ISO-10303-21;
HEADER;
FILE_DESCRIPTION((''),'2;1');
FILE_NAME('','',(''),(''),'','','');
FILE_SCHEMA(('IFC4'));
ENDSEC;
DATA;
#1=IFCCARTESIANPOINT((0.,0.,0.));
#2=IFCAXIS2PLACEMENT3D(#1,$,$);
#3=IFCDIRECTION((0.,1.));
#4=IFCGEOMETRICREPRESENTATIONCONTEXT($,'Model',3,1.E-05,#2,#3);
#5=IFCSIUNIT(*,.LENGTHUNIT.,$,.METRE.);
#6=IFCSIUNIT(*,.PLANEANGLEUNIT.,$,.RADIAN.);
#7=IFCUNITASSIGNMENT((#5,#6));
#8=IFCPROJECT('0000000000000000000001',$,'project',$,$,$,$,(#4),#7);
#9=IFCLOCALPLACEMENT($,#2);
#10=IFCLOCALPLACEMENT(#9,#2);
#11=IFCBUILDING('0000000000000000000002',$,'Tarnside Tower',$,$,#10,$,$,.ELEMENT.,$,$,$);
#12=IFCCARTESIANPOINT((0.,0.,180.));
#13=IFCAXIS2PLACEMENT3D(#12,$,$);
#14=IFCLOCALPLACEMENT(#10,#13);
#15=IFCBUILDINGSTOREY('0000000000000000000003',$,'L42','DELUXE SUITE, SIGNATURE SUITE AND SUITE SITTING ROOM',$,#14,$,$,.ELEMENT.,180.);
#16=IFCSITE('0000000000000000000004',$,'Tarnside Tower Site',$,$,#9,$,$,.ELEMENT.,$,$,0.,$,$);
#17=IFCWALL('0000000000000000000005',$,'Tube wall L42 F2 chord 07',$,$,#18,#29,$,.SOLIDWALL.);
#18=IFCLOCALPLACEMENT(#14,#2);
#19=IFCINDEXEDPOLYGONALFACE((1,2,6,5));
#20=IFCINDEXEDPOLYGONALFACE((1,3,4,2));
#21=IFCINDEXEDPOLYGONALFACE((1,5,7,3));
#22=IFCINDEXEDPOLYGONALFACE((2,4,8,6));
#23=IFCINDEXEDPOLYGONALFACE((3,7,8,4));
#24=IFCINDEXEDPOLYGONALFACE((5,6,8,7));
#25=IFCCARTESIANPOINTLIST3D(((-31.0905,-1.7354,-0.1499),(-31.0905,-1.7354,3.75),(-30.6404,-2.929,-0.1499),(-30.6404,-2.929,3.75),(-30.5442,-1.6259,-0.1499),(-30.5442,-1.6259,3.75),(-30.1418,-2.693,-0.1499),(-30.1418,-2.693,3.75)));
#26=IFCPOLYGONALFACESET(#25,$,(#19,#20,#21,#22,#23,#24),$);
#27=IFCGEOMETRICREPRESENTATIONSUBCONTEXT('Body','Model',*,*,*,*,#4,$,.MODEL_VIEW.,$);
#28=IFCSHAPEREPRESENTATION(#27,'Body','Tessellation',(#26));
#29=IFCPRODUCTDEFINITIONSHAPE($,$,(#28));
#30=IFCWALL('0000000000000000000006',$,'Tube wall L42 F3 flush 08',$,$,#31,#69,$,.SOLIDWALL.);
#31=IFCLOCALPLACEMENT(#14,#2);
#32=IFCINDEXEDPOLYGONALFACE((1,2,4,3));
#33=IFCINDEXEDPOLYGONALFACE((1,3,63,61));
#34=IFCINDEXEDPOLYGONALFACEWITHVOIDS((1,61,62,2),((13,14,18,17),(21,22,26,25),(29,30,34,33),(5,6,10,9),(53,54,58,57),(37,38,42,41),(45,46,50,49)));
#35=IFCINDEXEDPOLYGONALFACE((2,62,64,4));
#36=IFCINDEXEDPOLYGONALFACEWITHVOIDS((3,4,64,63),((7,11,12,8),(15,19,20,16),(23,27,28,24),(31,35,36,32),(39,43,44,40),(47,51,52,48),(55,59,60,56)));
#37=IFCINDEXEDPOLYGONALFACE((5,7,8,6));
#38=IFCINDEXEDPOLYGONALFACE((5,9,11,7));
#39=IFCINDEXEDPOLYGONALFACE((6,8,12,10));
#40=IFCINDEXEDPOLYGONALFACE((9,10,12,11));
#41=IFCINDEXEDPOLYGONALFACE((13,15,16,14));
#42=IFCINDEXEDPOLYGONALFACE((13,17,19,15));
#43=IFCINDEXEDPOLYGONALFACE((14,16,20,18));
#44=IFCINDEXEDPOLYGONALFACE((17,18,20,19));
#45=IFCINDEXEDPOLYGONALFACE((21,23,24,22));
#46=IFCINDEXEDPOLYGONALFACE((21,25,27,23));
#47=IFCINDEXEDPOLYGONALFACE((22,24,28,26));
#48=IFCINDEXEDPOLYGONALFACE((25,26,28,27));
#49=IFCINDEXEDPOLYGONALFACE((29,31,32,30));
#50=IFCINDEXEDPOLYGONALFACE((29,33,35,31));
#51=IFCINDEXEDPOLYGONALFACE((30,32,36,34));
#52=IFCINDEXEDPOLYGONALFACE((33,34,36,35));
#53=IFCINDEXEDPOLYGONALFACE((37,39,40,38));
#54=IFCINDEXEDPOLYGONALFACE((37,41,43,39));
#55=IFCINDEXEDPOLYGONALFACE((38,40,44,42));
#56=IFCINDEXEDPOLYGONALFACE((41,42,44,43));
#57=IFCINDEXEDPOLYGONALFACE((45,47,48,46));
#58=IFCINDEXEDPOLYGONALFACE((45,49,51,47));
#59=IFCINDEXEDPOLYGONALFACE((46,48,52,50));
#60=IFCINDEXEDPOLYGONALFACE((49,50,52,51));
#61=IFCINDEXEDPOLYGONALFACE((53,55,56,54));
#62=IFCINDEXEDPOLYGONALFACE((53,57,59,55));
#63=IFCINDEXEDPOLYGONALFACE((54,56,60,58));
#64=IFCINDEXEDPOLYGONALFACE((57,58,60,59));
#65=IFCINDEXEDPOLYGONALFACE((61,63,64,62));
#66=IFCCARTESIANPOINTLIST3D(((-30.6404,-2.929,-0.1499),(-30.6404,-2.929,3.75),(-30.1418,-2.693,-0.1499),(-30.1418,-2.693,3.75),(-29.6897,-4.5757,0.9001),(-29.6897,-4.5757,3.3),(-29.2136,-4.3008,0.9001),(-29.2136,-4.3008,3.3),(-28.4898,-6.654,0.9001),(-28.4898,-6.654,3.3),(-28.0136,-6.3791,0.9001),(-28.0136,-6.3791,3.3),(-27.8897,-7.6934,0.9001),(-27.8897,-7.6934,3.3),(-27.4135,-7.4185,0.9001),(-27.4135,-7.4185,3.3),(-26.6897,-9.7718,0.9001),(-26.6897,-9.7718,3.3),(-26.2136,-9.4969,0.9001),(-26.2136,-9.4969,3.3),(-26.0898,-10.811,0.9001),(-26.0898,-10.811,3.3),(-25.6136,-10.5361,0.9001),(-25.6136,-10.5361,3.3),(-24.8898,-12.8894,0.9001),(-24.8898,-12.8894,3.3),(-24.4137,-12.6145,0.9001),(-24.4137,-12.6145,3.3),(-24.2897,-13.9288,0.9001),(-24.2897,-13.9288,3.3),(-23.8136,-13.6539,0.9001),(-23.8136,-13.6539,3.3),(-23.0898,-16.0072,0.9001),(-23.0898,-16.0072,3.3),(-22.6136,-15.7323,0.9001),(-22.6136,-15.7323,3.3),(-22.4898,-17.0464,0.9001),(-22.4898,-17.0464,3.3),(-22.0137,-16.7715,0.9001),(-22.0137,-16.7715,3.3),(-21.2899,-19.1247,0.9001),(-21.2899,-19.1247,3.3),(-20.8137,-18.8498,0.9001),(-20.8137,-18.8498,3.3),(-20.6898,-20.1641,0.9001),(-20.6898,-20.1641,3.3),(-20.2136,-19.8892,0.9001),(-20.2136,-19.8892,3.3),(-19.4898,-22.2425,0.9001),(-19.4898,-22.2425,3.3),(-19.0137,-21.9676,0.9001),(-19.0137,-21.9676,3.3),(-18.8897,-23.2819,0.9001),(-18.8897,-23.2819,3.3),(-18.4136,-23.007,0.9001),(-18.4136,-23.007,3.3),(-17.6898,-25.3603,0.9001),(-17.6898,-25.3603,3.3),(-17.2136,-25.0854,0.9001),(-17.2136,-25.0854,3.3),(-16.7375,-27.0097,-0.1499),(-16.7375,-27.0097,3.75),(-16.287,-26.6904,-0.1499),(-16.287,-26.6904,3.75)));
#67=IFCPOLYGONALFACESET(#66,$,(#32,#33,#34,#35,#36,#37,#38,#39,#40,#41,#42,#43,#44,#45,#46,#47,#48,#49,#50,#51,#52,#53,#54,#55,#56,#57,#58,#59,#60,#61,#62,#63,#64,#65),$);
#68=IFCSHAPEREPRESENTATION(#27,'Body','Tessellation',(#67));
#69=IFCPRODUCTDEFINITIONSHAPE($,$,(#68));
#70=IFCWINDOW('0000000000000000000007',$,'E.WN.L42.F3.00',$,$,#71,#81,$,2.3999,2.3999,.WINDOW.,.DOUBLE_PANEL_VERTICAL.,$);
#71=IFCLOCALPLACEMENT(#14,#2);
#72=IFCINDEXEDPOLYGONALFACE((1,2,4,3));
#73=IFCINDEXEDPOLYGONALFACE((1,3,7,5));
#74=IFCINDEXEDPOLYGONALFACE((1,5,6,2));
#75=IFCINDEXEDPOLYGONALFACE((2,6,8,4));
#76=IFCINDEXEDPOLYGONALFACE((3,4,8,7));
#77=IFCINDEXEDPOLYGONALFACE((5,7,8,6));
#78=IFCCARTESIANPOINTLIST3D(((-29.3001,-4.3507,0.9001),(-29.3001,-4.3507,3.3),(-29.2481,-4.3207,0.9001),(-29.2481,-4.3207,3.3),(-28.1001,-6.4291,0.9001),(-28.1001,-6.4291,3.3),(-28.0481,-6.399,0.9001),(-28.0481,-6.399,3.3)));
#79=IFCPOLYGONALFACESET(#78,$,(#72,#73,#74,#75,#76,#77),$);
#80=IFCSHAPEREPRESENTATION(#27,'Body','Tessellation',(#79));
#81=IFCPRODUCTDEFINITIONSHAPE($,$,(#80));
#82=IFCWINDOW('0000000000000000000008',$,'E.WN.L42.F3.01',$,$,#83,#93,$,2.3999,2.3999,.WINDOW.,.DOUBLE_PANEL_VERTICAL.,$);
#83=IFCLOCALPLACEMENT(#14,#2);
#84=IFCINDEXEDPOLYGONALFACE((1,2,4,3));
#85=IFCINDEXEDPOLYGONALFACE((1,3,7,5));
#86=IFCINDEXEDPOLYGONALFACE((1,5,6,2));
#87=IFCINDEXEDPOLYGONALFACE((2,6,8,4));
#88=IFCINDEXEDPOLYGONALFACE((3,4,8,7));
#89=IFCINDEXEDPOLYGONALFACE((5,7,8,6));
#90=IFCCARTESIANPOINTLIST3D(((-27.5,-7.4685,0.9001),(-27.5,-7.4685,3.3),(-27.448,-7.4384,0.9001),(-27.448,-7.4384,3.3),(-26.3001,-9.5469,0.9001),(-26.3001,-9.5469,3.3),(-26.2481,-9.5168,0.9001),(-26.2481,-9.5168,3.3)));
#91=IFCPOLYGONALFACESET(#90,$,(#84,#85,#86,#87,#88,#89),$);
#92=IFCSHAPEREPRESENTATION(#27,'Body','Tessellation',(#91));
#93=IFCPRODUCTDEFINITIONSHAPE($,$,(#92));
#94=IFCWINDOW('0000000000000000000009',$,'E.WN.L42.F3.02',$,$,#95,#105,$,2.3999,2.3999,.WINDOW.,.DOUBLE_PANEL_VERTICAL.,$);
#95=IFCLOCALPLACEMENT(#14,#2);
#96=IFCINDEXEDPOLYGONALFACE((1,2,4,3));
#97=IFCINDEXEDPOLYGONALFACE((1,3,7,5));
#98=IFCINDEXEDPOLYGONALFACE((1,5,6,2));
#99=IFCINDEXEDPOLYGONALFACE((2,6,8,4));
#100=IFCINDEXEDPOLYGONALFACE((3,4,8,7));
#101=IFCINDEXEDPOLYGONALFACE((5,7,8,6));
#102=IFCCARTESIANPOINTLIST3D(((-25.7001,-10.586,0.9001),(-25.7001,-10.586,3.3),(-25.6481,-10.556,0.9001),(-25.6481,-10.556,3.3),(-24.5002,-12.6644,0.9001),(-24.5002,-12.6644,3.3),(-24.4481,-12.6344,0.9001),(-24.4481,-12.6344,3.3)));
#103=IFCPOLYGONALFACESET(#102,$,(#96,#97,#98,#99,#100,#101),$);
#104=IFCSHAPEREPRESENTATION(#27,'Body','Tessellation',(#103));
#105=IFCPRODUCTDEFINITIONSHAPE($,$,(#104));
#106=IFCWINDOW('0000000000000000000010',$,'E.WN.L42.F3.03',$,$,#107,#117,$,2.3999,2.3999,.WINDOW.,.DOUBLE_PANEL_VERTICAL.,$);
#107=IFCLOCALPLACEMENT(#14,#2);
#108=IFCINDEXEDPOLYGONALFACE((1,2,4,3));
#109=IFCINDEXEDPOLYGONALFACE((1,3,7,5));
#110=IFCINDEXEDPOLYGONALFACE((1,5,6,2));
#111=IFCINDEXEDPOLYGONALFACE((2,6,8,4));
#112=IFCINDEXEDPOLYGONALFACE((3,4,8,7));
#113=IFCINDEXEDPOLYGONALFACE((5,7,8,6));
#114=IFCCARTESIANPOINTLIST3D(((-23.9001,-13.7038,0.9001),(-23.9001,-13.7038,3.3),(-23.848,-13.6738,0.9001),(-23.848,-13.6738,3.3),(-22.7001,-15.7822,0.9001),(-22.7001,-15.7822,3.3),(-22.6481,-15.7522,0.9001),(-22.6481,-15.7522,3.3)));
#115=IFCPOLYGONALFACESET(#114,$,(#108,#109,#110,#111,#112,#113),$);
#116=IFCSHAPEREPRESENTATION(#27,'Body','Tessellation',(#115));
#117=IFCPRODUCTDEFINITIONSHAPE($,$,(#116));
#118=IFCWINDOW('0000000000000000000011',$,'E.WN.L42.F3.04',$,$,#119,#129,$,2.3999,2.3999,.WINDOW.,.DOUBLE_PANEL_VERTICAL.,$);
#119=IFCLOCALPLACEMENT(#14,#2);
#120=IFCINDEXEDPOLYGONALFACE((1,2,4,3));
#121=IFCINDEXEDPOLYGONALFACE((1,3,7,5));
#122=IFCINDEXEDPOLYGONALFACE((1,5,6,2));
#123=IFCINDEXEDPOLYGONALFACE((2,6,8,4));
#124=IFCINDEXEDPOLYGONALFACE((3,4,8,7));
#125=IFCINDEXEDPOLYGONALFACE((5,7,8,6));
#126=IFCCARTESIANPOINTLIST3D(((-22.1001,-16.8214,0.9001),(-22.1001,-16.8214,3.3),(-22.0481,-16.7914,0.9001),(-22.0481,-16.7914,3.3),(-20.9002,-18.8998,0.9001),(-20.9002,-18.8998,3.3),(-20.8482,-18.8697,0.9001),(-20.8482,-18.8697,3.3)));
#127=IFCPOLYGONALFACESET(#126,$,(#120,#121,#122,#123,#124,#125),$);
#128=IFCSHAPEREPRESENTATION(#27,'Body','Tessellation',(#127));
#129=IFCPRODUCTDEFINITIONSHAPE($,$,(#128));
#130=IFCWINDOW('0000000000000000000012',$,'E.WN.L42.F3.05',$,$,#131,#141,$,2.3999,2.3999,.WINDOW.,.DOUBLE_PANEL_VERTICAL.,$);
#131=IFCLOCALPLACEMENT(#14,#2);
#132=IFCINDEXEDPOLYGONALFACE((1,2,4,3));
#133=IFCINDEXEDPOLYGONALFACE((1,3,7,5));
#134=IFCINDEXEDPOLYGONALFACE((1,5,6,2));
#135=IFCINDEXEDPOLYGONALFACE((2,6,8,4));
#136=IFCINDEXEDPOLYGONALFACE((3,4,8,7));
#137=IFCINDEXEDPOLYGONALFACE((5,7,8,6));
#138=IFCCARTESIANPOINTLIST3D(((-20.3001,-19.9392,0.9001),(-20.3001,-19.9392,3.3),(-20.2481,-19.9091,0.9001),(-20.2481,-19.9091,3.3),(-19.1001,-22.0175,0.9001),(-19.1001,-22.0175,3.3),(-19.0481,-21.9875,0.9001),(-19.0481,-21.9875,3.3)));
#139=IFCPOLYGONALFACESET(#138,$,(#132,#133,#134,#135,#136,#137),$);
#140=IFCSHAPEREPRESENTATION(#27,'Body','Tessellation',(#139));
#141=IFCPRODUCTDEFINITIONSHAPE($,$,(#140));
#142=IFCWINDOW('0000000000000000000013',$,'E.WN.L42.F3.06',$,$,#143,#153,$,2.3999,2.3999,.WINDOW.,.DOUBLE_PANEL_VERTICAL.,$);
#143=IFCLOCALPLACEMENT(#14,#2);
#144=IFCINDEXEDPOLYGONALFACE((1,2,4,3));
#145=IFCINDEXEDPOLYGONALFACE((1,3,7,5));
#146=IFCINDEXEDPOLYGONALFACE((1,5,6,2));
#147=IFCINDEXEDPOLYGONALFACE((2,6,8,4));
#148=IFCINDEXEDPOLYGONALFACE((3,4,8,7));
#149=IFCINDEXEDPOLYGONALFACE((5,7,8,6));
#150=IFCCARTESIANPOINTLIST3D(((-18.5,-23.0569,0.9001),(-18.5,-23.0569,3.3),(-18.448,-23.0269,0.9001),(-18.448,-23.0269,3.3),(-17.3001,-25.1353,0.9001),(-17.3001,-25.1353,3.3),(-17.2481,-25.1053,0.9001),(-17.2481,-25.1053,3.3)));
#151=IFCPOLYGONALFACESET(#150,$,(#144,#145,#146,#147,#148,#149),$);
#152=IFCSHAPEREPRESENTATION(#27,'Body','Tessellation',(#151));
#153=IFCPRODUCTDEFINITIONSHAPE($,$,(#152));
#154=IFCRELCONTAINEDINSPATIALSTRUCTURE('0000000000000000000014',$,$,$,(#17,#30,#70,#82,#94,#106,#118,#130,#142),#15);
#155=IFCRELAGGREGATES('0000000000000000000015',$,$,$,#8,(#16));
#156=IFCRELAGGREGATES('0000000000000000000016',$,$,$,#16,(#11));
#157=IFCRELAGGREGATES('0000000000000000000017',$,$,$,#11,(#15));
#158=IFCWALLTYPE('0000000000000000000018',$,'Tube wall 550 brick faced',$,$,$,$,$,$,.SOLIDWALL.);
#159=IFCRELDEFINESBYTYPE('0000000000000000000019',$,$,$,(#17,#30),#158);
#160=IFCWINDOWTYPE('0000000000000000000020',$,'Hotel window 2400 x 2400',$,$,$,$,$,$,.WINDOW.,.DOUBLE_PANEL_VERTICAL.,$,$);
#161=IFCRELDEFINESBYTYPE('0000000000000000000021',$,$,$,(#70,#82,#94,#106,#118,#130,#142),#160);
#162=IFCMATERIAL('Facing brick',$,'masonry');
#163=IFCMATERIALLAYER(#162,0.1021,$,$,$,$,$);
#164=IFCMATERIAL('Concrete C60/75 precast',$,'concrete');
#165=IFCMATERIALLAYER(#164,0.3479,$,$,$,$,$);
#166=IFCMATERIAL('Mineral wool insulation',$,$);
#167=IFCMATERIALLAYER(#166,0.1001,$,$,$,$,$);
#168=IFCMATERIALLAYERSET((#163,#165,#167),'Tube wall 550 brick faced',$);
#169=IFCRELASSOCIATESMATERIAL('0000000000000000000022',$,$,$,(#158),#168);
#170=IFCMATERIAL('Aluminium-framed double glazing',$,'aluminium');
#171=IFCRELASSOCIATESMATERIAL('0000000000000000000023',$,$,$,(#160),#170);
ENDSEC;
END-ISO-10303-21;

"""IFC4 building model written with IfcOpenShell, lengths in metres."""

from ifc_helpers import new_model, si_unit, direction, frame, frame_2d, origin, place, context, subcontext, project, spatial, polyline, rectangle, outline, extrude, material, layer, layer_set, type_object, element, fill, save


model = new_model("IFC4")

# Units and contexts
model_context = context("Model", 3, precision=1e-05, world=origin(), true_north=direction((0.0, 1.0)))
body_context = subcontext(model_context, "Body", "Model", "MODEL_VIEW")
ifc_project = project(units=[si_unit("LENGTHUNIT", "METRE"), si_unit("PLANEANGLEUNIT", "RADIAN")], contexts=[model_context])

# Site, building, storey
site_placement = place(None, origin())
site = spatial("IfcSite", under=ifc_project, at=site_placement, Name="Tarnside Tower Site", CompositionType="ELEMENT", RefElevation=0.0)
building_placement = place(site_placement, origin())
building = spatial("IfcBuilding", under=site, at=building_placement, Name="Tarnside Tower", CompositionType="ELEMENT")
storey_placement = place(building_placement, frame((0.0, 0.0, 180.0)))
storey = spatial("IfcBuildingStorey", under=building, at=storey_placement, Name="L42", Description="DELUXE SUITE, SIGNATURE SUITE AND SUITE SITTING ROOM", CompositionType="ELEMENT", Elevation=180.0)

# Wall
ifc_material_1 = material(Name="Facing brick", Category="masonry")
ifc_layer_1 = layer(ifc_material_1, 0.1021)
ifc_material_2 = material(Name="Concrete C60/75 precast", Category="concrete")
ifc_layer_2 = layer(ifc_material_2, 0.3479)
ifc_material_3 = material(Name="Mineral wool insulation")
ifc_layer_3 = layer(ifc_material_3, 0.1001)
ifc_layer_set_1 = layer_set([ifc_layer_1, ifc_layer_2, ifc_layer_3], Name="Tube wall 550 brick faced")
wall_type_1 = type_object("IfcWallType", Name="Tube wall 550 brick faced", PredefinedType="SOLIDWALL", material=ifc_layer_set_1)
wall_1_placement = place(storey_placement, frame((-30.8174, -1.6807, -0.1499), z_axis=(0.0, 0.0, 1.0), x_axis=(0.35285, -0.93568, 0.0)))
element("IfcWall", 1, at=wall_1_placement, inside=storey, type_object=wall_type_1, Name="Tube wall L42 F2 chord 07", PredefinedType="SOLIDWALL", context=body_context, shape_type="SweptSolid", body=[
    extrude(outline(polyline([(-0.0452, -0.2749), (1.2305, -0.2749), (1.1855, 0.2749), (0.0452, 0.2749), (-0.0452, -0.2749)])), origin(), (0.0, 0.0, 1.0), 3.8999),
])

# Wall, openings, windows
wall_2_placement = place(storey_placement, frame((-30.3911, -2.811, -0.1499), z_axis=(0.0, 0.0, 1.0), x_axis=(0.499999, -0.866026, 0.0)))
wall_2 = element("IfcWall", 2, at=wall_2_placement, inside=storey, type_object=wall_type_1, Name="Tube wall L42 F3 flush 08", PredefinedType="SOLIDWALL", context=body_context, shape_type="SweptSolid", body=[
    extrude(outline(polyline([(-0.0225, -0.2749), (27.7834, -0.2749), (27.7322, 0.2749), (0.0225, 0.2749), (-0.0225, -0.2749)])), origin(), (0.0, 0.0, 1.0), 3.8999),
])
opening_1_placement = place(wall_2_placement, frame((1.8789, 0.0, 1.05)))
opening_1 = element("IfcOpeningElement", 3, at=opening_1_placement, cuts=wall_2, PredefinedType="OPENING", context=body_context, shape_type="SweptSolid", body=[
    extrude(rectangle(XDim=2.3999, YDim=2.3999, at=frame_2d((1.2, 1.2))), frame((0.0, 0.2852, 0.0), z_axis=(0.0, -1.0, 0.0), x_axis=(1.0, 0.0, 0.0)), (0.0, 0.0, 1.0), 0.5701),
])
opening_2_placement = place(wall_2_placement, frame((5.479, 0.0, 1.05)))
opening_2 = element("IfcOpeningElement", 4, at=opening_2_placement, cuts=wall_2, PredefinedType="OPENING", context=body_context, shape_type="SweptSolid", body=[
    extrude(rectangle(XDim=2.3999, YDim=2.3999, at=frame_2d((1.2, 1.2))), frame((0.0, 0.2852, 0.0), z_axis=(0.0, -1.0, 0.0), x_axis=(1.0, 0.0, 0.0)), (0.0, 0.0, 1.0), 0.5701),
])
opening_3_placement = place(wall_2_placement, frame((9.0789, 0.0, 1.05)))
opening_3 = element("IfcOpeningElement", 5, at=opening_3_placement, cuts=wall_2, PredefinedType="OPENING", context=body_context, shape_type="SweptSolid", body=[
    extrude(rectangle(XDim=2.3999, YDim=2.3999, at=frame_2d((1.2, 1.2))), frame((0.0, 0.2852, 0.0), z_axis=(0.0, -1.0, 0.0), x_axis=(1.0, 0.0, 0.0)), (0.0, 0.0, 1.0), 0.5701),
])
opening_4_placement = place(wall_2_placement, frame((12.679, 0.0, 1.05)))
opening_4 = element("IfcOpeningElement", 6, at=opening_4_placement, cuts=wall_2, PredefinedType="OPENING", context=body_context, shape_type="SweptSolid", body=[
    extrude(rectangle(XDim=2.3999, YDim=2.3999, at=frame_2d((1.2, 1.2))), frame((0.0, 0.2852, 0.0), z_axis=(0.0, -1.0, 0.0), x_axis=(1.0, 0.0, 0.0)), (0.0, 0.0, 1.0), 0.5701),
])
opening_5_placement = place(wall_2_placement, frame((16.2788, 0.0, 1.05)))
opening_5 = element("IfcOpeningElement", 7, at=opening_5_placement, cuts=wall_2, PredefinedType="OPENING", context=body_context, shape_type="SweptSolid", body=[
    extrude(rectangle(XDim=2.3999, YDim=2.3999, at=frame_2d((1.2, 1.2))), frame((0.0, 0.2852, 0.0), z_axis=(0.0, -1.0, 0.0), x_axis=(1.0, 0.0, 0.0)), (0.0, 0.0, 1.0), 0.5701),
])
opening_6_placement = place(wall_2_placement, frame((19.8789, 0.0, 1.05)))
opening_6 = element("IfcOpeningElement", 8, at=opening_6_placement, cuts=wall_2, PredefinedType="OPENING", context=body_context, shape_type="SweptSolid", body=[
    extrude(rectangle(XDim=2.3999, YDim=2.3999, at=frame_2d((1.2, 1.2))), frame((0.0, 0.2852, 0.0), z_axis=(0.0, -1.0, 0.0), x_axis=(1.0, 0.0, 0.0)), (0.0, 0.0, 1.0), 0.5701),
])
opening_7_placement = place(wall_2_placement, frame((23.479, 0.0, 1.05)))
opening_7 = element("IfcOpeningElement", 9, at=opening_7_placement, cuts=wall_2, PredefinedType="OPENING", context=body_context, shape_type="SweptSolid", body=[
    extrude(rectangle(XDim=2.3999, YDim=2.3999, at=frame_2d((1.2, 1.2))), frame((0.0, 0.2852, 0.0), z_axis=(0.0, -1.0, 0.0), x_axis=(1.0, 0.0, 0.0)), (0.0, 0.0, 1.0), 0.5701),
])
ifc_material_4 = material(Name="Aluminium-framed double glazing", Category="aluminium")
window_type = type_object("IfcWindowType", Name="Hotel window 2400 x 2400", PartitioningType="DOUBLE_PANEL_VERTICAL", PredefinedType="WINDOW", material=ifc_material_4)
window_1_placement = place(opening_1_placement, frame((0.0, 0.2051, 0.0)))
window_1 = element("IfcWindow", 10, at=window_1_placement, inside=storey, type_object=window_type, Name="E.WN.L42.F3.00", OverallHeight=2.3999, OverallWidth=2.3999, PartitioningType="DOUBLE_PANEL_VERTICAL", PredefinedType="WINDOW", context=body_context, shape_type="SweptSolid", body=[
    extrude(rectangle(XDim=2.3999, YDim=2.3999, at=frame_2d((1.2, 1.2))), frame((0.0, 0.03, 0.0), z_axis=(0.0, -1.0, 0.0), x_axis=(1.0, 0.0, 0.0)), (0.0, 0.0, 1.0), 0.0601),
])
fill(opening_1, window_1)
window_2_placement = place(opening_2_placement, frame((0.0, 0.2051, 0.0)))
window_2 = element("IfcWindow", 11, at=window_2_placement, inside=storey, type_object=window_type, Name="E.WN.L42.F3.01", OverallHeight=2.3999, OverallWidth=2.3999, PartitioningType="DOUBLE_PANEL_VERTICAL", PredefinedType="WINDOW", context=body_context, shape_type="SweptSolid", body=[
    extrude(rectangle(XDim=2.3999, YDim=2.3999, at=frame_2d((1.2, 1.2))), frame((0.0, 0.03, 0.0), z_axis=(0.0, -1.0, 0.0), x_axis=(1.0, 0.0, 0.0)), (0.0, 0.0, 1.0), 0.0601),
])
fill(opening_2, window_2)
window_3_placement = place(opening_3_placement, frame((0.0, 0.2051, 0.0)))
window_3 = element("IfcWindow", 12, at=window_3_placement, inside=storey, type_object=window_type, Name="E.WN.L42.F3.02", OverallHeight=2.3999, OverallWidth=2.3999, PartitioningType="DOUBLE_PANEL_VERTICAL", PredefinedType="WINDOW", context=body_context, shape_type="SweptSolid", body=[
    extrude(rectangle(XDim=2.3999, YDim=2.3999, at=frame_2d((1.2, 1.2))), frame((0.0, 0.03, 0.0), z_axis=(0.0, -1.0, 0.0), x_axis=(1.0, 0.0, 0.0)), (0.0, 0.0, 1.0), 0.0601),
])
fill(opening_3, window_3)
window_4_placement = place(opening_4_placement, frame((0.0, 0.2051, 0.0)))
window_4 = element("IfcWindow", 13, at=window_4_placement, inside=storey, type_object=window_type, Name="E.WN.L42.F3.03", OverallHeight=2.3999, OverallWidth=2.3999, PartitioningType="DOUBLE_PANEL_VERTICAL", PredefinedType="WINDOW", context=body_context, shape_type="SweptSolid", body=[
    extrude(rectangle(XDim=2.3999, YDim=2.3999, at=frame_2d((1.2, 1.2))), frame((0.0, 0.03, 0.0), z_axis=(0.0, -1.0, 0.0), x_axis=(1.0, 0.0, 0.0)), (0.0, 0.0, 1.0), 0.0601),
])
fill(opening_4, window_4)
window_5_placement = place(opening_5_placement, frame((0.0, 0.2051, 0.0)))
window_5 = element("IfcWindow", 14, at=window_5_placement, inside=storey, type_object=window_type, Name="E.WN.L42.F3.04", OverallHeight=2.3999, OverallWidth=2.3999, PartitioningType="DOUBLE_PANEL_VERTICAL", PredefinedType="WINDOW", context=body_context, shape_type="SweptSolid", body=[
    extrude(rectangle(XDim=2.3999, YDim=2.3999, at=frame_2d((1.2, 1.2))), frame((0.0, 0.03, 0.0), z_axis=(0.0, -1.0, 0.0), x_axis=(1.0, 0.0, 0.0)), (0.0, 0.0, 1.0), 0.0601),
])
fill(opening_5, window_5)
window_6_placement = place(opening_6_placement, frame((0.0, 0.2051, 0.0)))
window_6 = element("IfcWindow", 15, at=window_6_placement, inside=storey, type_object=window_type, Name="E.WN.L42.F3.05", OverallHeight=2.3999, OverallWidth=2.3999, PartitioningType="DOUBLE_PANEL_VERTICAL", PredefinedType="WINDOW", context=body_context, shape_type="SweptSolid", body=[
    extrude(rectangle(XDim=2.3999, YDim=2.3999, at=frame_2d((1.2, 1.2))), frame((0.0, 0.03, 0.0), z_axis=(0.0, -1.0, 0.0), x_axis=(1.0, 0.0, 0.0)), (0.0, 0.0, 1.0), 0.0601),
])
fill(opening_6, window_6)
window_7_placement = place(opening_7_placement, frame((0.0, 0.2051, 0.0)))
window_7 = element("IfcWindow", 16, at=window_7_placement, inside=storey, type_object=window_type, Name="E.WN.L42.F3.06", OverallHeight=2.3999, OverallWidth=2.3999, PartitioningType="DOUBLE_PANEL_VERTICAL", PredefinedType="WINDOW", context=body_context, shape_type="SweptSolid", body=[
    extrude(rectangle(XDim=2.3999, YDim=2.3999, at=frame_2d((1.2, 1.2))), frame((0.0, 0.03, 0.0), z_axis=(0.0, -1.0, 0.0), x_axis=(1.0, 0.0, 0.0)), (0.0, 0.0, 1.0), 0.0601),
])
fill(opening_7, window_7)

save(model, "model.ifc")
